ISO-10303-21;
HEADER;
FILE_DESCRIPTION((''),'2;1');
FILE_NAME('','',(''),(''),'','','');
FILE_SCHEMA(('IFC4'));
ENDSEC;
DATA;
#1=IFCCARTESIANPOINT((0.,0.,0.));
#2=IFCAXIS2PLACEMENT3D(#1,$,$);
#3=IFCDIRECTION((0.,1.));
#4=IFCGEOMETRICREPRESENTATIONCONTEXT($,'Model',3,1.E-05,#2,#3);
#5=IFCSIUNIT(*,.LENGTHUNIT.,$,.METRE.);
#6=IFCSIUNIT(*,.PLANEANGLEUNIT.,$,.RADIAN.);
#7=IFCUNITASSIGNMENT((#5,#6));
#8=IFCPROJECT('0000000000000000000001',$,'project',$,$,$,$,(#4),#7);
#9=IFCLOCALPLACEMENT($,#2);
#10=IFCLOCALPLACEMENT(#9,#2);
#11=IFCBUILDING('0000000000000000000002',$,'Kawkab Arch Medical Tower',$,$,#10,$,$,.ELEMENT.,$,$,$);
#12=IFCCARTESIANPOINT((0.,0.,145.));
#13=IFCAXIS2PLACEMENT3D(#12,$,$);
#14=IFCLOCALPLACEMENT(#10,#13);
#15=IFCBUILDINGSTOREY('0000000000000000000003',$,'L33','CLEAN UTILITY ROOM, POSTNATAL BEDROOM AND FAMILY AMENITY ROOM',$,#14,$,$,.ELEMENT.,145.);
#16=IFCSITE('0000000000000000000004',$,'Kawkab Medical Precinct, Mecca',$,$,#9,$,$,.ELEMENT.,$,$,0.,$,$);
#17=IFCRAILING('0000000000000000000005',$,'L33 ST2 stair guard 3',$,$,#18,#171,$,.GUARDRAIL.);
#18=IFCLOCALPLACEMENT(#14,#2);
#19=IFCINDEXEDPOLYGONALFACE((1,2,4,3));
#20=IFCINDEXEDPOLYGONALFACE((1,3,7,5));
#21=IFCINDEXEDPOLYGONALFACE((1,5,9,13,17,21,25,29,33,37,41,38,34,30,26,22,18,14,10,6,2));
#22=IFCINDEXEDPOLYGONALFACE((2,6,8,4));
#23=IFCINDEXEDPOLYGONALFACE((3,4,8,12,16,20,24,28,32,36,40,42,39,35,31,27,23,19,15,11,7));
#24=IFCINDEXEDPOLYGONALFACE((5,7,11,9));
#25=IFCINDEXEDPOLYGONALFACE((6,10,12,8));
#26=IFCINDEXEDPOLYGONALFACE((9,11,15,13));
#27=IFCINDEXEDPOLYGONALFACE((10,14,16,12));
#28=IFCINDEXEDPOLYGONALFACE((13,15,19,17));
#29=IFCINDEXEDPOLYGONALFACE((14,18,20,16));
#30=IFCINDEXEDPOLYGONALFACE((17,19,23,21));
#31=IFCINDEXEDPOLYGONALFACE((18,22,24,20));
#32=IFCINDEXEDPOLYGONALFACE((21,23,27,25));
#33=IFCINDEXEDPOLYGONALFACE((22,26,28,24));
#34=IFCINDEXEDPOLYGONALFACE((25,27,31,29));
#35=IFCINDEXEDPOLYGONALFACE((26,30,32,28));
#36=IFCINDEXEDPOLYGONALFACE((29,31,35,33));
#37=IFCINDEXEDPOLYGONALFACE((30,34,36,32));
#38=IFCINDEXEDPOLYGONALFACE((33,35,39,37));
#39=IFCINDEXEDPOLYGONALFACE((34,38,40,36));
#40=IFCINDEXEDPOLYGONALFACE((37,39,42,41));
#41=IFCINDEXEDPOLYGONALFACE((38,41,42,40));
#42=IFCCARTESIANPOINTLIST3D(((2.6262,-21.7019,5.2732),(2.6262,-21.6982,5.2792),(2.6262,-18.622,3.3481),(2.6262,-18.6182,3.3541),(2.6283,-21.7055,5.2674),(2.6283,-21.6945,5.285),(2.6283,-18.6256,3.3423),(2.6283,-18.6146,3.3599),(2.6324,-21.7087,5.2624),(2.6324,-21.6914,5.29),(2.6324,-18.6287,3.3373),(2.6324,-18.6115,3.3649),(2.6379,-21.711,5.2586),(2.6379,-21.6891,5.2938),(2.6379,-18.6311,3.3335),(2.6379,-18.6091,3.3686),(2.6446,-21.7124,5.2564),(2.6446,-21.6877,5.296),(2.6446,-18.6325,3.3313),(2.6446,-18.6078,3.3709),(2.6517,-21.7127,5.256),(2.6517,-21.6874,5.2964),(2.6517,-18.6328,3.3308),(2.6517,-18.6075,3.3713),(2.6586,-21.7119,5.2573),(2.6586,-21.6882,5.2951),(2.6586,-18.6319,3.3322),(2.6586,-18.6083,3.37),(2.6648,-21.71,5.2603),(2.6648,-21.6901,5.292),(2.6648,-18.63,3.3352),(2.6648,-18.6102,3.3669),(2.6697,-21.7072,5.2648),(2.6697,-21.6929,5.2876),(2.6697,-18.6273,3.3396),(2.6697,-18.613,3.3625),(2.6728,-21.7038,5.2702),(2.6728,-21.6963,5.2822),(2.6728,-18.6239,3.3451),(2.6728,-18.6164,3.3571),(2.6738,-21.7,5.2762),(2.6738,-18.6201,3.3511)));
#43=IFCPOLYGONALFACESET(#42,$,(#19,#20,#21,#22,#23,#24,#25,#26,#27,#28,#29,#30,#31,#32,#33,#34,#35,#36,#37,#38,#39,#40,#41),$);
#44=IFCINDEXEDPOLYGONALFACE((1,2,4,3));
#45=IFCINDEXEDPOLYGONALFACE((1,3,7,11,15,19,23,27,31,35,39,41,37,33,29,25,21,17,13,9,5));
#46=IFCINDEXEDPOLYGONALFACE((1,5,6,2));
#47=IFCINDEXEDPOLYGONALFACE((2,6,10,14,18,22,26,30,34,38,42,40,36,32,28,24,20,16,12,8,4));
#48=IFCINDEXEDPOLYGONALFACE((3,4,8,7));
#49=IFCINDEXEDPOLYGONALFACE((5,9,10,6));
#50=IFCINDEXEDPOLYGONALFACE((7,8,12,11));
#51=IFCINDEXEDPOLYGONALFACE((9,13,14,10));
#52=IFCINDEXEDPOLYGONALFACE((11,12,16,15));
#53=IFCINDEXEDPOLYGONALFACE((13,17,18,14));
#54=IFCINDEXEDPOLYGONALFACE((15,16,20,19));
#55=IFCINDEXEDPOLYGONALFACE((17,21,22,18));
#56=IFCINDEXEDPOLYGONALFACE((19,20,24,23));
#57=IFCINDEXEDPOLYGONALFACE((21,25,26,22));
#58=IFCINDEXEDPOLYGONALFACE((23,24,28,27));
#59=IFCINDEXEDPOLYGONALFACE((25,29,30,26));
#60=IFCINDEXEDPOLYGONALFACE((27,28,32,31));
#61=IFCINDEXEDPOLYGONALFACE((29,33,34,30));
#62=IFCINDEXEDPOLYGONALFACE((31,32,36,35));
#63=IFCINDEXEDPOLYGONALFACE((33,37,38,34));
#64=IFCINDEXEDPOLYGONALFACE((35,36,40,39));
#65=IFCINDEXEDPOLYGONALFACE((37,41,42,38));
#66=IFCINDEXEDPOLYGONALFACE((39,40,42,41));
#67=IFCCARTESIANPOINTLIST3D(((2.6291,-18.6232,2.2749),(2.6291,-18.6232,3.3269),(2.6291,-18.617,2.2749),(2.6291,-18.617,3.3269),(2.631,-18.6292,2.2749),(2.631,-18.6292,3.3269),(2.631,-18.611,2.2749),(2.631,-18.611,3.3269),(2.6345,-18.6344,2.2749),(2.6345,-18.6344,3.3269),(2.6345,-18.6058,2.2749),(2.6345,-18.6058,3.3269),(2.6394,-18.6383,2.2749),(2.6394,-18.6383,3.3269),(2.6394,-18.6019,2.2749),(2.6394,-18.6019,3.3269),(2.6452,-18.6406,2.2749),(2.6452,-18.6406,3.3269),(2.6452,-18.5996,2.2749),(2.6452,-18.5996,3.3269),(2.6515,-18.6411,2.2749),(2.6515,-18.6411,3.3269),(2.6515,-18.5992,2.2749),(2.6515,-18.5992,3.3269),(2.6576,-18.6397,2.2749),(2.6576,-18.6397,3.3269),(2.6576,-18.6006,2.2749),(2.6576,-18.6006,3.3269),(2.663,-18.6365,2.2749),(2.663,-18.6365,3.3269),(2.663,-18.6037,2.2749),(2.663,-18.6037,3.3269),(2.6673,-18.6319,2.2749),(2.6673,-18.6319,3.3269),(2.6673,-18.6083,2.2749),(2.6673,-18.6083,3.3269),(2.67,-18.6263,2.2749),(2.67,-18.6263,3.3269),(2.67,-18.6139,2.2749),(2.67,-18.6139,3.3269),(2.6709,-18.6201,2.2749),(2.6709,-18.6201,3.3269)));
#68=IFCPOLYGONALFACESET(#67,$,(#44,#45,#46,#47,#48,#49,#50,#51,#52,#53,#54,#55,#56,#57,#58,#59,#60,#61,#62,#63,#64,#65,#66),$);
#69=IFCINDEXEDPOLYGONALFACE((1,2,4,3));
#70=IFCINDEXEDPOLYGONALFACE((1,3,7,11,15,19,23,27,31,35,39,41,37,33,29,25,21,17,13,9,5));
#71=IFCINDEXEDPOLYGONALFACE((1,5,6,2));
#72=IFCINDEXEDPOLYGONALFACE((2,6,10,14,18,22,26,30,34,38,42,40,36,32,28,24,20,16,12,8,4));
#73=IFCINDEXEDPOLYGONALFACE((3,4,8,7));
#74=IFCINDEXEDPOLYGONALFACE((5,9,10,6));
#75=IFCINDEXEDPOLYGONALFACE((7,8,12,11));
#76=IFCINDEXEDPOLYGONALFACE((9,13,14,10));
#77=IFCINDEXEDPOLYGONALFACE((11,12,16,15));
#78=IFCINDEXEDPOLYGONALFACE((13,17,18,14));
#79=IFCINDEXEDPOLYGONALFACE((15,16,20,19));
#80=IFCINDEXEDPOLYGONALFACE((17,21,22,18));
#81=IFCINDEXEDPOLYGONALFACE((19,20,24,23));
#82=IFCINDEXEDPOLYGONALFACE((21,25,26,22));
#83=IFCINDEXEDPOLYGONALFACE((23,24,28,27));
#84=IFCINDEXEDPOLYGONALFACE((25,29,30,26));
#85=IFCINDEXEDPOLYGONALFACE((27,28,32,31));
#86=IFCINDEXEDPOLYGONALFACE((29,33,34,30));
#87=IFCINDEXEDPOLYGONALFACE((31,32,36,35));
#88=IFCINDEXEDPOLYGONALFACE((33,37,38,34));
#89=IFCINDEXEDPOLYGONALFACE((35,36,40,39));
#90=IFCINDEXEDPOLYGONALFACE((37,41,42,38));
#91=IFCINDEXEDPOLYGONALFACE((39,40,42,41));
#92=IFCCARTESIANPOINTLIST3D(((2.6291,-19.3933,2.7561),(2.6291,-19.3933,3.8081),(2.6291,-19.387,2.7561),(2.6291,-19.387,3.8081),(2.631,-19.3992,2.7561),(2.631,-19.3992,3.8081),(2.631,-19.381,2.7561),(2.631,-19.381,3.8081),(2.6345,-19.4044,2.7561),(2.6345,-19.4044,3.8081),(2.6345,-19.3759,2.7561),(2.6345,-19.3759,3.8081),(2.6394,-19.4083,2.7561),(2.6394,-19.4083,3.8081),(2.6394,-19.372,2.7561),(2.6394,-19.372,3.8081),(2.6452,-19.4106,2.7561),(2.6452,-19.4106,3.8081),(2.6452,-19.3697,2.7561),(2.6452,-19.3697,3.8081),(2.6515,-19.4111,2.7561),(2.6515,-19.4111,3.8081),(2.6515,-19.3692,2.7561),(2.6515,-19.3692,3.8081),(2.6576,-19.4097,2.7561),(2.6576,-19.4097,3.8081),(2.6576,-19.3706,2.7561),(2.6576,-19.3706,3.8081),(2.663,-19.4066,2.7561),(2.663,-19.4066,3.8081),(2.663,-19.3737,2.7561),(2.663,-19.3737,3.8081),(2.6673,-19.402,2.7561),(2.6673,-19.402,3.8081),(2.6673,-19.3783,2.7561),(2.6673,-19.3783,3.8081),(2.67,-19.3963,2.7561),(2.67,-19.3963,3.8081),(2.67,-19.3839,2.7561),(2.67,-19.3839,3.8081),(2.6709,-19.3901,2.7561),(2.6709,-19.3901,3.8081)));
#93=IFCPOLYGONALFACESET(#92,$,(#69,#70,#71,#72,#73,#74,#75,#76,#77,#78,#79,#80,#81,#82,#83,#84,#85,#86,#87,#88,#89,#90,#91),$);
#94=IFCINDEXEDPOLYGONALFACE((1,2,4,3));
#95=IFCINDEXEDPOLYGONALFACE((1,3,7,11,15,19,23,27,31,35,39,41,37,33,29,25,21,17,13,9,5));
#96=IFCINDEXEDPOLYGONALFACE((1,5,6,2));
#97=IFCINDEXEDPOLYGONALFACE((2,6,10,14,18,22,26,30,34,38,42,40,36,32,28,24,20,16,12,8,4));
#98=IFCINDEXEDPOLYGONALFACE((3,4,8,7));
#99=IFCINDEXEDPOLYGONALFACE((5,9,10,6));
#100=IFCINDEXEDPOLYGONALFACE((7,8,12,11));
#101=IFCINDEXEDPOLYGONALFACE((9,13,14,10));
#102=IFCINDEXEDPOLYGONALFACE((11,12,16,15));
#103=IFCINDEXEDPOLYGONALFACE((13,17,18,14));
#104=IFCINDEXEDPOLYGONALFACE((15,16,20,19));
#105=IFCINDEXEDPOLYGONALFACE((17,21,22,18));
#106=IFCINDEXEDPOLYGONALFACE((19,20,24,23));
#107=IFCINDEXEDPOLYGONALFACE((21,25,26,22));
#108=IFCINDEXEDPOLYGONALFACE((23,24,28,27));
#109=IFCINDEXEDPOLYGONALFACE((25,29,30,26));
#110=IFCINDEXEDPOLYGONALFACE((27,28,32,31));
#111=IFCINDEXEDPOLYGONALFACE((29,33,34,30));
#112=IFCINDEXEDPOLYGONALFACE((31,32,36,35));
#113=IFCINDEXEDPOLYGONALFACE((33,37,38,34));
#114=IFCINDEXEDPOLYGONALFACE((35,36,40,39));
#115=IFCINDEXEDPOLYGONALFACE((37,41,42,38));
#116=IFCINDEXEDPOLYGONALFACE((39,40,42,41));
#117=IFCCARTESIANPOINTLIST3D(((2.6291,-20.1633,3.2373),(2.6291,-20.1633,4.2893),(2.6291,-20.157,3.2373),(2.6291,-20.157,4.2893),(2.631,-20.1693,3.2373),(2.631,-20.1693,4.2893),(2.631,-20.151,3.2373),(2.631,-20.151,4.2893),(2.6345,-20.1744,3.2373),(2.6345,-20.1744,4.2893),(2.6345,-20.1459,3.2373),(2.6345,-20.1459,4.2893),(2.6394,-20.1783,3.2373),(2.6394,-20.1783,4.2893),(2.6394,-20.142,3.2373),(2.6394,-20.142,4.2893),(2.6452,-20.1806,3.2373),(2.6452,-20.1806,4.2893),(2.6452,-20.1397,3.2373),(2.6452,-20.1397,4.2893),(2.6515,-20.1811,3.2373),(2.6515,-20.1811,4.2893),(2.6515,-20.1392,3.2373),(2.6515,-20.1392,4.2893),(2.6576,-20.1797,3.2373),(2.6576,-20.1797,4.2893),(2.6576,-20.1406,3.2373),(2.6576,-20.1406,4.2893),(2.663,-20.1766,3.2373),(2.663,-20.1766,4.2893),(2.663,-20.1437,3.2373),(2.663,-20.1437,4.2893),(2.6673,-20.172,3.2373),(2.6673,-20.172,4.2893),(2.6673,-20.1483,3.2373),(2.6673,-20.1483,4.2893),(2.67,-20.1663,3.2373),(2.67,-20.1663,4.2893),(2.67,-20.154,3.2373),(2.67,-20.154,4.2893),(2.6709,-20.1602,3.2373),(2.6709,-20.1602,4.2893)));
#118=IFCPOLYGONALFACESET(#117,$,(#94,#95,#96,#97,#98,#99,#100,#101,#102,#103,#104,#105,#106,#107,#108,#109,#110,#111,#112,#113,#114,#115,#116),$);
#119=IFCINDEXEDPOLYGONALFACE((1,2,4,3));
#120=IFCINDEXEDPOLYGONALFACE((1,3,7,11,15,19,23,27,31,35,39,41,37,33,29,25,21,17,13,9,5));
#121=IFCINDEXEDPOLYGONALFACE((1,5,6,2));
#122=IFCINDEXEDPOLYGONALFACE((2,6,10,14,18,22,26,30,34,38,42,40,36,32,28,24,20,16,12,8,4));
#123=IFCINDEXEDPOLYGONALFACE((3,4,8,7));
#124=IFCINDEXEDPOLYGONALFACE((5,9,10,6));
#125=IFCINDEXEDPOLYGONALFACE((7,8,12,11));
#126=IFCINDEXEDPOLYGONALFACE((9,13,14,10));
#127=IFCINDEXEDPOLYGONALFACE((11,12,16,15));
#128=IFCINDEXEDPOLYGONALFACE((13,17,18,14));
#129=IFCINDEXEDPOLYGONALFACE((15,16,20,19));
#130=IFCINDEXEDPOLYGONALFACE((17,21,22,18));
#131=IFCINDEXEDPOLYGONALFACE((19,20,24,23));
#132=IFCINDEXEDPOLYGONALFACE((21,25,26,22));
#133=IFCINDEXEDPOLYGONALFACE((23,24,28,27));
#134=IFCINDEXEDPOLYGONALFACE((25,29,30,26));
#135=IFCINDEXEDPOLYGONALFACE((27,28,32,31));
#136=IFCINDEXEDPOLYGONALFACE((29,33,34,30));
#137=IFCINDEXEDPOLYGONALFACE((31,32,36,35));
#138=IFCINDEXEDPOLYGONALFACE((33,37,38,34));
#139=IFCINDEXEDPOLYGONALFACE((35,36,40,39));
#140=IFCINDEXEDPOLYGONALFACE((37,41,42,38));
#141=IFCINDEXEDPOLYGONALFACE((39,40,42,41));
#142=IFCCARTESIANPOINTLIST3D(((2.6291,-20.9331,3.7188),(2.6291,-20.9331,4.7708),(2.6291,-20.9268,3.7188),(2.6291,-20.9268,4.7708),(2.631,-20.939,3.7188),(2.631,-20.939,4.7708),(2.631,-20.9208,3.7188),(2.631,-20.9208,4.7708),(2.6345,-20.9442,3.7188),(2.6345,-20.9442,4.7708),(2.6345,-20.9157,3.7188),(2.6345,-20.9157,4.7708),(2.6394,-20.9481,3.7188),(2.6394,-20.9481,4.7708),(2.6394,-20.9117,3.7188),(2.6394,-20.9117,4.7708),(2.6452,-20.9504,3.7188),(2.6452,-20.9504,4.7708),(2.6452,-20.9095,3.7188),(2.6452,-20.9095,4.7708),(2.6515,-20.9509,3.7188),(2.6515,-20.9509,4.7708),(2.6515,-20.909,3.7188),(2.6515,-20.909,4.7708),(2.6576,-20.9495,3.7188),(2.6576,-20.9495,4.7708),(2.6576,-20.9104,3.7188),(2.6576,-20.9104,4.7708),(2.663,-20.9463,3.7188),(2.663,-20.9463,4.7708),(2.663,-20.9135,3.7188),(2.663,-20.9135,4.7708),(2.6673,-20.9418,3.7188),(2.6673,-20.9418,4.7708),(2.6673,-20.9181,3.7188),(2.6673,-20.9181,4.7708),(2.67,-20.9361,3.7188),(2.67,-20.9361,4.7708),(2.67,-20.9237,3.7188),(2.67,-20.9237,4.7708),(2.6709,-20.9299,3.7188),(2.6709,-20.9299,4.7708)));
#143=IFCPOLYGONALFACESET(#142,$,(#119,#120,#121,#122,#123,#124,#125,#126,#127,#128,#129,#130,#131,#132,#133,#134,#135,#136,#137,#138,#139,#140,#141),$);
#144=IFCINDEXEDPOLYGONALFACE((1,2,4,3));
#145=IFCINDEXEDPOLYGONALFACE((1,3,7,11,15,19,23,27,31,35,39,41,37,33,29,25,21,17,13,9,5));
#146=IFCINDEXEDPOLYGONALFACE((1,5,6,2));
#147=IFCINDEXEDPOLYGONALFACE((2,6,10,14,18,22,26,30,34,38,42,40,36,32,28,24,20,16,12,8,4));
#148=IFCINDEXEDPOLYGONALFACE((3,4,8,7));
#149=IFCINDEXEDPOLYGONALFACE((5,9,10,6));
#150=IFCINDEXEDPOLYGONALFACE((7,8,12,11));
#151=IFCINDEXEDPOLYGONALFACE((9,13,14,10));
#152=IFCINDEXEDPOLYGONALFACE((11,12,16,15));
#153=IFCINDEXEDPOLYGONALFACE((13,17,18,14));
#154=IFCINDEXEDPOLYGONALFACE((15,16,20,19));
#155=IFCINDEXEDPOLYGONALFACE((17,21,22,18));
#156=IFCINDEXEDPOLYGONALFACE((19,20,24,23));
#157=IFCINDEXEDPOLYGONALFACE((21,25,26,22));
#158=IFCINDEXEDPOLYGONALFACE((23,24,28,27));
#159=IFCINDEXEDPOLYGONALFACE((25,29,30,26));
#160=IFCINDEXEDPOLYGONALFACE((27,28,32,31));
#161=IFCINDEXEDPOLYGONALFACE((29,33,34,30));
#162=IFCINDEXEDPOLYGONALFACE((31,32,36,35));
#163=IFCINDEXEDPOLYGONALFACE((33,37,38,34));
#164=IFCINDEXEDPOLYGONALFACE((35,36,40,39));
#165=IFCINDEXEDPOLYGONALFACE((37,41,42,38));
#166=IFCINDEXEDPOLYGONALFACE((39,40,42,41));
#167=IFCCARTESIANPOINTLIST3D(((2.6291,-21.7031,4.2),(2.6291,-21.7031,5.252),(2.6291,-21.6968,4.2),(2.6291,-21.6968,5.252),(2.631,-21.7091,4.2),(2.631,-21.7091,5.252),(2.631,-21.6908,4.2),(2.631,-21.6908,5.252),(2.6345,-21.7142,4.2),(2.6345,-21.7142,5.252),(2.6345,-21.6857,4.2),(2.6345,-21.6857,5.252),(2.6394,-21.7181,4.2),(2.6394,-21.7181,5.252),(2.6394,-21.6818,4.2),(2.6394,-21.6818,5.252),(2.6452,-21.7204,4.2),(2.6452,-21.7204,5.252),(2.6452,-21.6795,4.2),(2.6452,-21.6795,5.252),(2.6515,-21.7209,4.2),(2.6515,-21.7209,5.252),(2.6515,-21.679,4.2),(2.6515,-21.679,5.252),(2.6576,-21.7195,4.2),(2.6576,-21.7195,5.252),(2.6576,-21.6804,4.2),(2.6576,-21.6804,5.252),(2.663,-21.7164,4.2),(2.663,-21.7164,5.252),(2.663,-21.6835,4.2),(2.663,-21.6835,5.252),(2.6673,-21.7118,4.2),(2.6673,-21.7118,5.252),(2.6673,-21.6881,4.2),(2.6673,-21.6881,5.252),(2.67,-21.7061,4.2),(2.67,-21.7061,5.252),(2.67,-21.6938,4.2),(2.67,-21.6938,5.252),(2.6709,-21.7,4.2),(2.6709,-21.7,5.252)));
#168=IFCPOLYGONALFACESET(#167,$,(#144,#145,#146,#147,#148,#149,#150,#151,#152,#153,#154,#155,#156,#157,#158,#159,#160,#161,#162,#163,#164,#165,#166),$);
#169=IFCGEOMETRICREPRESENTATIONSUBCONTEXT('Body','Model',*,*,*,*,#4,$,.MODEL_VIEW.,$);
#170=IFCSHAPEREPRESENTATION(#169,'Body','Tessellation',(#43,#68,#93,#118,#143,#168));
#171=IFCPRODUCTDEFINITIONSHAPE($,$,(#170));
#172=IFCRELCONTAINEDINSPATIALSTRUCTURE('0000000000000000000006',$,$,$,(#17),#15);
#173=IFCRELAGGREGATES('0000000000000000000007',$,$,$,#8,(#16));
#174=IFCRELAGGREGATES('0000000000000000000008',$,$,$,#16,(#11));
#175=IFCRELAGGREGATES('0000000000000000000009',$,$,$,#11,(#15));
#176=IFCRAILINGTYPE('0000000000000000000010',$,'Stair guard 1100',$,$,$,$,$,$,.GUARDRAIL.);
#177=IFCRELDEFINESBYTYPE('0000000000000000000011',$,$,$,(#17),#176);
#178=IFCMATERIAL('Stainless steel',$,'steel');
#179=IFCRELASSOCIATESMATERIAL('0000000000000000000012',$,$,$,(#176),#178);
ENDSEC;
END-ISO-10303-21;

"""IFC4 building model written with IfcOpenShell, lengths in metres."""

from ifc_helpers import new_model, si_unit, direction, frame, origin, origin_2d, place, context, subcontext, project, spatial, circle, extrude, material, type_object, element, save


model = new_model("IFC4")

# Units and contexts
model_context = context("Model", 3, precision=1e-05, world=origin(), true_north=direction((0.0, 1.0)))
body_context = subcontext(model_context, "Body", "Model", "MODEL_VIEW")
ifc_project = project(units=[si_unit("LENGTHUNIT", "METRE"), si_unit("PLANEANGLEUNIT", "RADIAN")], contexts=[model_context])

# Site, building, storey
site_placement = place(None, origin())
site = spatial("IfcSite", under=ifc_project, at=site_placement, Name="Kawkab Medical Precinct, Mecca", CompositionType="ELEMENT", RefElevation=0.0)
building_placement = place(site_placement, origin())
building = spatial("IfcBuilding", under=site, at=building_placement, Name="Kawkab Arch Medical Tower", CompositionType="ELEMENT")
storey_placement = place(building_placement, frame((0.0, 0.0, 145.0)))
storey = spatial("IfcBuildingStorey", under=building, at=storey_placement, Name="L33", Description="CLEAN UTILITY ROOM, POSTNATAL BEDROOM AND FAMILY AMENITY ROOM", CompositionType="ELEMENT", Elevation=145.0)

# Railing
ifc_material_1 = material(Name="Stainless steel", Category="steel")
railing_type_1 = type_object("IfcRailingType", Name="Stair guard 1100", PredefinedType="GUARDRAIL", material=ifc_material_1)
railing_1_placement = place(storey_placement, frame((2.6499, -18.6201, 2.2749)))
element("IfcRailing", 1, at=railing_1_placement, inside=storey, type_object=railing_type_1, Name="L33 ST2 stair guard 3", PredefinedType="GUARDRAIL", context=body_context, shape_type="SweptSolid", body=[
    extrude(circle(Radius=0.0239, at=origin_2d()), frame((0.0, 0.0, 1.0762), z_axis=(0.0, -0.847979, 0.530029), x_axis=(1.0, 0.0, 0.0)), (0.0, 0.0, 1.0), 3.6321),
    extrude(circle(Radius=0.021, at=origin_2d()), origin(), (0.0, 0.0, 1.0), 1.052),
    extrude(circle(Radius=0.021, at=origin_2d()), frame((0.0, -0.77, 0.4812)), (0.0, 0.0, 1.0), 1.052),
    extrude(circle(Radius=0.021, at=origin_2d()), frame((0.0, -1.54, 0.9624)), (0.0, 0.0, 1.0), 1.052),
    extrude(circle(Radius=0.021, at=origin_2d()), frame((0.0, -2.3098, 1.4438)), (0.0, 0.0, 1.0), 1.052),
    extrude(circle(Radius=0.021, at=origin_2d()), frame((0.0, -3.0798, 1.925)), (0.0, 0.0, 1.0), 1.052),
])

save(model, "model.ifc")
